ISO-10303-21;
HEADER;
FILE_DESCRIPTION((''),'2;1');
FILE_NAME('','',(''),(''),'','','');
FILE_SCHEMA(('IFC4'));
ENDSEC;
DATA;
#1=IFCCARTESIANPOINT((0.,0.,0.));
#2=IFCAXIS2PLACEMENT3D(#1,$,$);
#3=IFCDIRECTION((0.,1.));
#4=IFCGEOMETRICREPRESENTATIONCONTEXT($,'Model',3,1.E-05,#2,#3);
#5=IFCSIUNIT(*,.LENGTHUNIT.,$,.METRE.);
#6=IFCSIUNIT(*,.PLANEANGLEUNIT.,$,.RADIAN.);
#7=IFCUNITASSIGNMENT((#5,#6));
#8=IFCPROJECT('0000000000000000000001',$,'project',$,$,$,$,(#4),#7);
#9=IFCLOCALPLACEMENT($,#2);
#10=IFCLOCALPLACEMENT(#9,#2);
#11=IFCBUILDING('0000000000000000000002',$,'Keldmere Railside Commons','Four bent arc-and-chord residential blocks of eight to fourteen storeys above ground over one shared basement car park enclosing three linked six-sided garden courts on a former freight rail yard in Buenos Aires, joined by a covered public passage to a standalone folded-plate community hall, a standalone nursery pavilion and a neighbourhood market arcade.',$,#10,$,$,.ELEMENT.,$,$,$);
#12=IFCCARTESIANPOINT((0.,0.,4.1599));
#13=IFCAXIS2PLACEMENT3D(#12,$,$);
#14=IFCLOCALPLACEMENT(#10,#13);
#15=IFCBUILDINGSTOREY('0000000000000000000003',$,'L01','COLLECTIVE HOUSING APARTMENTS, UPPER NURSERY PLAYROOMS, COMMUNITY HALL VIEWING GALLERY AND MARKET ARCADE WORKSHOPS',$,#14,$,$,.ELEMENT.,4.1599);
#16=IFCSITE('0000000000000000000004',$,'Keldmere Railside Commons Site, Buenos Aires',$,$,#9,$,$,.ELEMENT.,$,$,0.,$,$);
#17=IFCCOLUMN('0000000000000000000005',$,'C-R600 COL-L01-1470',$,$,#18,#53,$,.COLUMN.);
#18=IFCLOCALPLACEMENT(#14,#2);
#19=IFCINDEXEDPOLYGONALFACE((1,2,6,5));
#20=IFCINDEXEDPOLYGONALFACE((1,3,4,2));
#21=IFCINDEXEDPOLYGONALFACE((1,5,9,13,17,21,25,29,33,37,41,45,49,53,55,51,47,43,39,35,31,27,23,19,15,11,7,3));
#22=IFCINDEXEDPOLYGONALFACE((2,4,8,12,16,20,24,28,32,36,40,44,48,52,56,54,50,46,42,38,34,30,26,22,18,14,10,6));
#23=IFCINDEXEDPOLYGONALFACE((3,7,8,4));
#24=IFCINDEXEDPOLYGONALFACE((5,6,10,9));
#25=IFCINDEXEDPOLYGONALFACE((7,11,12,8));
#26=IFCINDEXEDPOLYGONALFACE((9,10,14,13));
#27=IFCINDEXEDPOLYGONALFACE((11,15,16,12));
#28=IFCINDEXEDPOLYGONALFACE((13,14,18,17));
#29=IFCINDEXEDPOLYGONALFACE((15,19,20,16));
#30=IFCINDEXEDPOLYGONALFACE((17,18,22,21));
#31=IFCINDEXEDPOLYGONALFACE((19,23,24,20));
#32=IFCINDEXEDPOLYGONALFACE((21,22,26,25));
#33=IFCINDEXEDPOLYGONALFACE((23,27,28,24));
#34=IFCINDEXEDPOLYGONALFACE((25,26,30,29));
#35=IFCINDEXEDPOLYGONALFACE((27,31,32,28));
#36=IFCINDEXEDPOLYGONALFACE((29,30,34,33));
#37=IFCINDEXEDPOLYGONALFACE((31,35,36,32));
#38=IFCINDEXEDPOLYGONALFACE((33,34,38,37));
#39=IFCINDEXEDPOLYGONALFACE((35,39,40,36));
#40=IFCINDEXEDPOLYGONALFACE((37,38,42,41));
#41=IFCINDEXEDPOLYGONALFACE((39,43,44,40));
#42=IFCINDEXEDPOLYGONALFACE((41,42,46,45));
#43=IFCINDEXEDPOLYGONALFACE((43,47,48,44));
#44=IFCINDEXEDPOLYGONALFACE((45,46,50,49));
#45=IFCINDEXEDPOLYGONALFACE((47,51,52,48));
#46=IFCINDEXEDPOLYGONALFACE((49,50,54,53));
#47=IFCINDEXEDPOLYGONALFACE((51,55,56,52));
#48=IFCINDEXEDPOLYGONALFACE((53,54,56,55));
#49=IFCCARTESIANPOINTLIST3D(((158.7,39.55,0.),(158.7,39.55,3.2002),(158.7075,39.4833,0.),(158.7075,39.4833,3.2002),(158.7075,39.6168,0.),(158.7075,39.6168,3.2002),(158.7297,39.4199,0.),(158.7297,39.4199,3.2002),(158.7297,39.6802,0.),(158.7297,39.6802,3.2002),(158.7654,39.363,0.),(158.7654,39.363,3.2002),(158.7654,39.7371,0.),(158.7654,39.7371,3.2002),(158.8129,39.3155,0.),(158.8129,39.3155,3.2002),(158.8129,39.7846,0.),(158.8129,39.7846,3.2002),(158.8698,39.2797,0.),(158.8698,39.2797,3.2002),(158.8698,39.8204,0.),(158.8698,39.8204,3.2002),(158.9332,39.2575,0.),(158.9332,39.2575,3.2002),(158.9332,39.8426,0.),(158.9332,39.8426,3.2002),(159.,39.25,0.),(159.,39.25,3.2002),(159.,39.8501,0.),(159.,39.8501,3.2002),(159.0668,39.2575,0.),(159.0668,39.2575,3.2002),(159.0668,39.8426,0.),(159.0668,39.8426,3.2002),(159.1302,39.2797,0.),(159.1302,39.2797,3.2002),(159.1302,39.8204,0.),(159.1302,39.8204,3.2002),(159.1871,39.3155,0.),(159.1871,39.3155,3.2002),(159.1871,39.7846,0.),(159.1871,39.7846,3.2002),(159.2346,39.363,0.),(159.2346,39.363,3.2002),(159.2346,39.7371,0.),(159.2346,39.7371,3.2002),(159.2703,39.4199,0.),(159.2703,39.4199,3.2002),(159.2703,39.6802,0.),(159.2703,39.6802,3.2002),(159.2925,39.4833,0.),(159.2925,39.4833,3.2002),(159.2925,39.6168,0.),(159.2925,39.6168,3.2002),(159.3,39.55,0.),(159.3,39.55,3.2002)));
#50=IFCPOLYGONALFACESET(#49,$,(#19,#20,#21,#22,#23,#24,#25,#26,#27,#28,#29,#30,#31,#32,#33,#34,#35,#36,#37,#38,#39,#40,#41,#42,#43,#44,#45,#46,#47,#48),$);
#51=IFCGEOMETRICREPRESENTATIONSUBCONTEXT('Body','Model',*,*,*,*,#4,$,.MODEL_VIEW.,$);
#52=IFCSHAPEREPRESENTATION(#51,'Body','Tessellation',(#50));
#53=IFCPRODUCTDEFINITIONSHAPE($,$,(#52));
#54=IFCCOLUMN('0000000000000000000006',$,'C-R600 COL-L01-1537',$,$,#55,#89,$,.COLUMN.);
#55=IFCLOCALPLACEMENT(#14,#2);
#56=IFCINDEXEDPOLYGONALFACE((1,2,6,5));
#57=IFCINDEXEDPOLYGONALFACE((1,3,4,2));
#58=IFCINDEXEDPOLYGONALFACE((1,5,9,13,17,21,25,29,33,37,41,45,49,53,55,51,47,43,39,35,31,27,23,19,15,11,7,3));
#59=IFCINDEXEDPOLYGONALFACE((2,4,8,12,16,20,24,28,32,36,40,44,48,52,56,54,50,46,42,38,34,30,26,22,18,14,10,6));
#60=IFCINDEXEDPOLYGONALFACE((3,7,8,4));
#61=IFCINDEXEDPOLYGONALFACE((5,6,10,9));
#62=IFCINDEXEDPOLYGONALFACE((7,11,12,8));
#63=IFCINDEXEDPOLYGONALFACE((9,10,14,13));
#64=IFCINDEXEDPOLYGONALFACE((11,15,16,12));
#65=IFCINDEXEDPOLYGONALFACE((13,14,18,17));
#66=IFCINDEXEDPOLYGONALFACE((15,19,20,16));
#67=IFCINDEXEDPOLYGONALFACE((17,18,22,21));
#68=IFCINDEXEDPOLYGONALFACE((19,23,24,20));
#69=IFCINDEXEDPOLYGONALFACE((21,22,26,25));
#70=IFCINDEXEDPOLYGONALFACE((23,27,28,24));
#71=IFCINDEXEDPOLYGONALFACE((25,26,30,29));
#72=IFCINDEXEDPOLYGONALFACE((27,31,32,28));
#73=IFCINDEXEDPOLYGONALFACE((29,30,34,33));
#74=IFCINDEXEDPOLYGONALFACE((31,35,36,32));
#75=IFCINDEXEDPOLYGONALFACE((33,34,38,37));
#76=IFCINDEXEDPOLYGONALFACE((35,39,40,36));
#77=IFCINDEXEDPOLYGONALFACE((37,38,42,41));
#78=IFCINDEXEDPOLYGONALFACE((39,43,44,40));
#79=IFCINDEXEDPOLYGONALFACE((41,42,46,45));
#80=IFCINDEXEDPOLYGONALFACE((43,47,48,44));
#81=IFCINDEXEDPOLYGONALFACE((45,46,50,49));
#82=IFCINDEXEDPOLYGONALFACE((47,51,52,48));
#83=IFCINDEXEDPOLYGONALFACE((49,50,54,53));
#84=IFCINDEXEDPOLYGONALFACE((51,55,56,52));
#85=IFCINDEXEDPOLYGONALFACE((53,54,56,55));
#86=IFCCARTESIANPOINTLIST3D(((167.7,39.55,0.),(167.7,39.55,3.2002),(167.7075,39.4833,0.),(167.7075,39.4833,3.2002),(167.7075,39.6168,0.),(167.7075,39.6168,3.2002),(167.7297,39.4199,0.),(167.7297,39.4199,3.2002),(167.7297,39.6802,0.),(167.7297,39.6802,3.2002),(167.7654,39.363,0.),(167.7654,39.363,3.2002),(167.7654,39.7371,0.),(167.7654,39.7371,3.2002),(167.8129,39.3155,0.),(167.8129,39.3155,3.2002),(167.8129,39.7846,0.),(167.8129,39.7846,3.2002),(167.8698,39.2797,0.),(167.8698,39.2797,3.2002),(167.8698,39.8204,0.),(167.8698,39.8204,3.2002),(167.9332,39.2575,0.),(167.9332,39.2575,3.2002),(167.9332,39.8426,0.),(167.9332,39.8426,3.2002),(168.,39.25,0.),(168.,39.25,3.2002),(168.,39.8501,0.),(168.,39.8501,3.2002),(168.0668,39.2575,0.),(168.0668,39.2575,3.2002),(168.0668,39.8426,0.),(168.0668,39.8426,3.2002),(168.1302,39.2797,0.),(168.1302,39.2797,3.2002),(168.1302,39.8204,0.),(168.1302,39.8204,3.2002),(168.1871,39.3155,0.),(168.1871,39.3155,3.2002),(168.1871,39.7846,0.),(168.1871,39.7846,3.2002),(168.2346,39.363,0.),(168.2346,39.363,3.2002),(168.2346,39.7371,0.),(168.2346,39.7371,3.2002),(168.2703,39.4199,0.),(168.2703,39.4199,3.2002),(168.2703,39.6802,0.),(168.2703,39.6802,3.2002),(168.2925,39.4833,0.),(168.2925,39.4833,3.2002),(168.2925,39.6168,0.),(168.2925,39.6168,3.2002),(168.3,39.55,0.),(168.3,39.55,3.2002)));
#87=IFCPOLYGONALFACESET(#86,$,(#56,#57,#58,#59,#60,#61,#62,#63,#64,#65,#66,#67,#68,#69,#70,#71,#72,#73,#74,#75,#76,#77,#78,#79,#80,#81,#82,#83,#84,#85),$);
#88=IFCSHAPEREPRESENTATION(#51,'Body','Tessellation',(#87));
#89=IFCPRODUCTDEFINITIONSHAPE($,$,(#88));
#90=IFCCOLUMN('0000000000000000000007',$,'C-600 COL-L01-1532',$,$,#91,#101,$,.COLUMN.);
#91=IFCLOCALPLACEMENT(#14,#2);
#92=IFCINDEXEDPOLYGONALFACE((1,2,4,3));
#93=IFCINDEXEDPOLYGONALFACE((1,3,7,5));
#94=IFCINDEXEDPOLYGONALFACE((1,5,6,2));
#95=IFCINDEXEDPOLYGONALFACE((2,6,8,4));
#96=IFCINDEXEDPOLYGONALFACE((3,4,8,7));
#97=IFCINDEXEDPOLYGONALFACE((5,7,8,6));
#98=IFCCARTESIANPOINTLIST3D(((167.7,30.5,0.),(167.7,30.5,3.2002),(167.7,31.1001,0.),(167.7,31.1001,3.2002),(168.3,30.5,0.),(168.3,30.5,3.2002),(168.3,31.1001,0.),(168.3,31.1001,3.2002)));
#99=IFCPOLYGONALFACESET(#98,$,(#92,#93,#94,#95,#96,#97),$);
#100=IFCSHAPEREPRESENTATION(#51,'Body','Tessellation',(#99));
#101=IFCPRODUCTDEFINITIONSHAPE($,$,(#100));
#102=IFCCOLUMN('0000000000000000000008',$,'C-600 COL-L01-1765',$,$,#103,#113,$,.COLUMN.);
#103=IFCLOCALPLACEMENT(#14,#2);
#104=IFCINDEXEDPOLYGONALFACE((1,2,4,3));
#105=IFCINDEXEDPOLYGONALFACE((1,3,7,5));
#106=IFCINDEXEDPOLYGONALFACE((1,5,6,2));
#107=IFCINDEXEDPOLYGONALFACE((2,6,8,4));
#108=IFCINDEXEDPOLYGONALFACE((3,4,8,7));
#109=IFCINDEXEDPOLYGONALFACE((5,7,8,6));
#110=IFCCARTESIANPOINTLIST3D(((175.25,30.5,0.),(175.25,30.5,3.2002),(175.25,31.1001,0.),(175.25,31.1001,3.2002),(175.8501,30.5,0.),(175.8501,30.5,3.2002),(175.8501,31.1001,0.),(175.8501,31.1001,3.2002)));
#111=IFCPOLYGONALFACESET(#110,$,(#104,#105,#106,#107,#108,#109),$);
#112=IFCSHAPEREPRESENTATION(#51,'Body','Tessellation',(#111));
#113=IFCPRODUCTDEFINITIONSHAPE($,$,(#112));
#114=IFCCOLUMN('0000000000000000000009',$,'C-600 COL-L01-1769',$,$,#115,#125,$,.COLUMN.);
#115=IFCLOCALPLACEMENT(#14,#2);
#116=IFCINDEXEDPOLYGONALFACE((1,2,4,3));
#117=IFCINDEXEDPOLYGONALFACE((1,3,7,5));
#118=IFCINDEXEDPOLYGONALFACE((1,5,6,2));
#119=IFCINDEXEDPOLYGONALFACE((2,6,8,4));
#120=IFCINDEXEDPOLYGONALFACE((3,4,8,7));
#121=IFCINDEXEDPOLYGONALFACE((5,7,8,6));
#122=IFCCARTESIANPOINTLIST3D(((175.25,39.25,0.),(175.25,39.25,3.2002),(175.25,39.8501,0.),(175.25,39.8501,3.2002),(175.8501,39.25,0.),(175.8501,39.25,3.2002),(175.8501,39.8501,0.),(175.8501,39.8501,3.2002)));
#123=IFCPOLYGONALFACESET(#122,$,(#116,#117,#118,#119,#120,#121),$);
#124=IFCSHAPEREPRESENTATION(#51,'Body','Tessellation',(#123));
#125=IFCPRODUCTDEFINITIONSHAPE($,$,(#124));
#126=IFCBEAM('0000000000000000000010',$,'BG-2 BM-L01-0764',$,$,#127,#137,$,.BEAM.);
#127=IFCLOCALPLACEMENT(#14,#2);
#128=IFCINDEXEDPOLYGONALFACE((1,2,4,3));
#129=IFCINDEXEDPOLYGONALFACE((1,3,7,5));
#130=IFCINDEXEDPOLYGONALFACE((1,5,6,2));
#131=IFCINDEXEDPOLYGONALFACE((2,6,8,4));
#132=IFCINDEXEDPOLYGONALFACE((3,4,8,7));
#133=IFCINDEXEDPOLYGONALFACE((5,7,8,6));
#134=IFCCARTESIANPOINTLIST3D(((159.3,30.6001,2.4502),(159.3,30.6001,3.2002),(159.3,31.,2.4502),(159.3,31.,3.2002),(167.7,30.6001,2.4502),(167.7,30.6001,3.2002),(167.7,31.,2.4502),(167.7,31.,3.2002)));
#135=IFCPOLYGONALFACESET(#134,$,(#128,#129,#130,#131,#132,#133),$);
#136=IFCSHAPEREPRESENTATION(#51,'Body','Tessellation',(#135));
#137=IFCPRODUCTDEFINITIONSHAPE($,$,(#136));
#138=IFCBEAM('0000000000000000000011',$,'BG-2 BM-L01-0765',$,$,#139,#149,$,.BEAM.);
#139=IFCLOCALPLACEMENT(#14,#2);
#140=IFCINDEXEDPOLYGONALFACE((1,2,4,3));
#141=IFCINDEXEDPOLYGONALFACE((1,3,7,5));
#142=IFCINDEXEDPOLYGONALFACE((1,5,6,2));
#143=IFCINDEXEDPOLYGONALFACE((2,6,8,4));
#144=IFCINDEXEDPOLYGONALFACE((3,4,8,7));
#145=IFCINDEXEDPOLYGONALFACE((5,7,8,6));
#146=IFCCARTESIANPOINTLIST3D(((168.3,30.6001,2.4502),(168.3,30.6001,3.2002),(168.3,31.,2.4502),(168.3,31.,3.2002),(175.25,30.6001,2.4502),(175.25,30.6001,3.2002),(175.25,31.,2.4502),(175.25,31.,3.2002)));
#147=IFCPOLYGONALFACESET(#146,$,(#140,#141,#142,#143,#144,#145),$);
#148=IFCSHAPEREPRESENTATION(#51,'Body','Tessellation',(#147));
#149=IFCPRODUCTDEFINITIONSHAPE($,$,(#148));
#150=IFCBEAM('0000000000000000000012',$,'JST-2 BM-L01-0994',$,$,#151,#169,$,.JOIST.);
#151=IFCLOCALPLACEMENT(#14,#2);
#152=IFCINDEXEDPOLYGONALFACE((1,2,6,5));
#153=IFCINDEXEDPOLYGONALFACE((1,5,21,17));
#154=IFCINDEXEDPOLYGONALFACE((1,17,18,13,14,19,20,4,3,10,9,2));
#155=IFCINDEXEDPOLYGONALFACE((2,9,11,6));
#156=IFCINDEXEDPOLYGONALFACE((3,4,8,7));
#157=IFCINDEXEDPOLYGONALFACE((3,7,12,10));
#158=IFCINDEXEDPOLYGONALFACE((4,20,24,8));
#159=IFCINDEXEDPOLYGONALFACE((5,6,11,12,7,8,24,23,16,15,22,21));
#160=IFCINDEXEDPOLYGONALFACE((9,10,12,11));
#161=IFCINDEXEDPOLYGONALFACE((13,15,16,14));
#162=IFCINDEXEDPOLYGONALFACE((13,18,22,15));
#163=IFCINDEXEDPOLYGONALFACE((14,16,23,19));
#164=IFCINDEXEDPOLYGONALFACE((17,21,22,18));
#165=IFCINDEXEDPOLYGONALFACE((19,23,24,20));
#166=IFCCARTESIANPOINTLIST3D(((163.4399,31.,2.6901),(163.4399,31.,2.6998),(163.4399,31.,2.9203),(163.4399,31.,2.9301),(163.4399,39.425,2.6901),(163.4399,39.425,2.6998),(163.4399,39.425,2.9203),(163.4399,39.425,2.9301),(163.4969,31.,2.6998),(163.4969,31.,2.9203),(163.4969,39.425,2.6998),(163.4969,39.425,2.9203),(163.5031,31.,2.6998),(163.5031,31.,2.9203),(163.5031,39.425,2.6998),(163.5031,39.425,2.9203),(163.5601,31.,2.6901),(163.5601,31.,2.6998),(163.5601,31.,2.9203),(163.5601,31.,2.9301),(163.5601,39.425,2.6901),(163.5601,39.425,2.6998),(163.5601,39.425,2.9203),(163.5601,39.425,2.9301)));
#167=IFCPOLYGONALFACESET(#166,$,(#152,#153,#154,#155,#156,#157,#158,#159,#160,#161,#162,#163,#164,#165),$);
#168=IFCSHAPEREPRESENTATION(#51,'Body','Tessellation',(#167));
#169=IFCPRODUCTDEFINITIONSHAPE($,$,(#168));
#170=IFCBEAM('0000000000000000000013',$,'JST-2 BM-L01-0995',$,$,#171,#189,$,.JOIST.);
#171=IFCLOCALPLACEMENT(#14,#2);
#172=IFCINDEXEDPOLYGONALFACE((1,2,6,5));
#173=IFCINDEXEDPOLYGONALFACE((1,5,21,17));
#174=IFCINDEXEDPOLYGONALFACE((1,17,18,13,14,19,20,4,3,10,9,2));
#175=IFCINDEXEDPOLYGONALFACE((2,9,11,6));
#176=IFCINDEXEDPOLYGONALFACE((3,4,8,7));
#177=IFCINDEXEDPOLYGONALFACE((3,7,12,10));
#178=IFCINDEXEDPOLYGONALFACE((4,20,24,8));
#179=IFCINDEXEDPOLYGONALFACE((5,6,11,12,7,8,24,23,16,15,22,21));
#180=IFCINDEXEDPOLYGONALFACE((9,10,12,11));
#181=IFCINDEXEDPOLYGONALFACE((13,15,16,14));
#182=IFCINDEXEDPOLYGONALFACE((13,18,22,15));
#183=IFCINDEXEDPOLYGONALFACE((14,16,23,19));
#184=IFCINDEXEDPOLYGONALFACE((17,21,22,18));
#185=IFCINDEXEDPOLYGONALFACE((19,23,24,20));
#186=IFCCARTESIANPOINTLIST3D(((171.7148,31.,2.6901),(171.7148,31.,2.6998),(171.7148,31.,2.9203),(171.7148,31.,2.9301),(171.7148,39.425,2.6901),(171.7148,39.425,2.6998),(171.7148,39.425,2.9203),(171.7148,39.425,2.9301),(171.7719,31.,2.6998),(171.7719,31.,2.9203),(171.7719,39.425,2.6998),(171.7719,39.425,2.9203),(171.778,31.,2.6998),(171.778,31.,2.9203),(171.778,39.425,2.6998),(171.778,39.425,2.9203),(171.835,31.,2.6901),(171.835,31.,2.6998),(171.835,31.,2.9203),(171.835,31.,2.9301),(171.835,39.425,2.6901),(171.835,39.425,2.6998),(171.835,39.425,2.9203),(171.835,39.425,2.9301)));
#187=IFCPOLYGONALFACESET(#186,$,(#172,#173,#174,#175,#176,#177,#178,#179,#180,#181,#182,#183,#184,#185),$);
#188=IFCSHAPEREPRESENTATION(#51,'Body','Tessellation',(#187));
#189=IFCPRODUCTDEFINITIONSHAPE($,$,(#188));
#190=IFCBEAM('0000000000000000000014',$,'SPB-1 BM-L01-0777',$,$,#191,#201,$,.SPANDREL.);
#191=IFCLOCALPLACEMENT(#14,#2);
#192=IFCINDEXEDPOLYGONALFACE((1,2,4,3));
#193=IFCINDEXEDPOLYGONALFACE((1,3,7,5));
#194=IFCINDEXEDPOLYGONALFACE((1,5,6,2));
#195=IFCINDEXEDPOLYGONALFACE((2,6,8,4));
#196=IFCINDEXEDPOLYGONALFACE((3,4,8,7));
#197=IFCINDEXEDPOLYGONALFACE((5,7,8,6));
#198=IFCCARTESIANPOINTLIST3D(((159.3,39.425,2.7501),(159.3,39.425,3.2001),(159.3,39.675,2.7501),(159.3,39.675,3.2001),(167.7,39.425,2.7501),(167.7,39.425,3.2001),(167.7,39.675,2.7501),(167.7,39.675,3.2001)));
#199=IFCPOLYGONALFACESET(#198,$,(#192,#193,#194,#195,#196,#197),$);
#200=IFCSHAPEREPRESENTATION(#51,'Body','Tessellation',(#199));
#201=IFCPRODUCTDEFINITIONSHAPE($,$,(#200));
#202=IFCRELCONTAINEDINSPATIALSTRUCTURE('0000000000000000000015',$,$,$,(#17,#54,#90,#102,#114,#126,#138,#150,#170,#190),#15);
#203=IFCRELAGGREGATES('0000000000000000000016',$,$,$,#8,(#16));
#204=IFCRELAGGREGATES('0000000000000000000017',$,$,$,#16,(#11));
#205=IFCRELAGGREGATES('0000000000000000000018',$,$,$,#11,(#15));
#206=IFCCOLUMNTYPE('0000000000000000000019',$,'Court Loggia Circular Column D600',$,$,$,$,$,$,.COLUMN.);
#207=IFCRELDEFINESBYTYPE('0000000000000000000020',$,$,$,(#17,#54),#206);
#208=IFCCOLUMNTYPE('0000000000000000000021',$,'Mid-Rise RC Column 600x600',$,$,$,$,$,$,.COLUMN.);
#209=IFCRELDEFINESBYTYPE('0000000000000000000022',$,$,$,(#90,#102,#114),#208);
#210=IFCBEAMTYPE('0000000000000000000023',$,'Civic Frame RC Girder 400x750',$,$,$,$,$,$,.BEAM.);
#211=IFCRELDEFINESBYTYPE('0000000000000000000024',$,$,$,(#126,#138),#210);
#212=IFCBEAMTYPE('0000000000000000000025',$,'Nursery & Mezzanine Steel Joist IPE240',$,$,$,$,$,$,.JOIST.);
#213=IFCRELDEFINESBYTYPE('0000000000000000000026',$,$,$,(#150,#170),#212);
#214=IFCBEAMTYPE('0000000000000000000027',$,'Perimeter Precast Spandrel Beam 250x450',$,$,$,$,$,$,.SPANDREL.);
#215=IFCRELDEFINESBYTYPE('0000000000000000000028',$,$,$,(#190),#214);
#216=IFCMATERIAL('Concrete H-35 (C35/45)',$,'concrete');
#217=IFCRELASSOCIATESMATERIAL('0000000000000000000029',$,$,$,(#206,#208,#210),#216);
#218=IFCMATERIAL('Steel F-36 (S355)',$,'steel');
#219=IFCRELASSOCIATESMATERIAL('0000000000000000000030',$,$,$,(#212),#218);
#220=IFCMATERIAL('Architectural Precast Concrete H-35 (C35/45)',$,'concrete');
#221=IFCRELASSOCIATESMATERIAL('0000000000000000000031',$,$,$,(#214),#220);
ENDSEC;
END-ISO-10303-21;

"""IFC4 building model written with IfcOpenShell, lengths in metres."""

from ifc_helpers import new_model, si_unit, direction, frame, origin, origin_2d, place, context, subcontext, project, spatial, rectangle, circle, i_section, extrude, material, material_profile, profile_set, type_object, element, save


model = new_model("IFC4")

# Units and contexts
model_context = context("Model", 3, precision=1e-05, world=origin(), true_north=direction((0.0, 1.0)))
body_context = subcontext(model_context, "Body", "Model", "MODEL_VIEW")
ifc_project = project(units=[si_unit("LENGTHUNIT", "METRE"), si_unit("PLANEANGLEUNIT", "RADIAN")], contexts=[model_context])

# Site, building, storey
site_placement = place(None, origin())
site = spatial("IfcSite", under=ifc_project, at=site_placement, Name="Keldmere Railside Commons Site, Buenos Aires", CompositionType="ELEMENT", RefElevation=0.0)
building_placement = place(site_placement, origin())
building = spatial("IfcBuilding", under=site, at=building_placement, Name="Keldmere Railside Commons", Description="Four bent arc-and-chord residential blocks of eight to fourteen storeys above ground over one shared basement car park enclosing three linked six-sided garden courts on a former freight rail yard in Buenos Aires, joined by a covered public passage to a standalone folded-plate community hall, a standalone nursery pavilion and a neighbourhood market arcade.", CompositionType="ELEMENT")
storey_placement = place(building_placement, frame((0.0, 0.0, 4.1599)))
storey = spatial("IfcBuildingStorey", under=building, at=storey_placement, Name="L01", Description="COLLECTIVE HOUSING APARTMENTS, UPPER NURSERY PLAYROOMS, COMMUNITY HALL VIEWING GALLERY AND MARKET ARCADE WORKSHOPS", CompositionType="ELEMENT", Elevation=4.1599)

# Columns
ifc_material_1 = material(Name="Concrete H-35 (C35/45)", Category="concrete")
ifc_material_profile_1 = material_profile(ifc_material_1, circle(Radius=0.3, at=origin_2d()), Name="RC-DIA600")
ifc_profile_set_1 = profile_set([ifc_material_profile_1], Name="Concrete H-35 (C35/45)")
column_type_1 = type_object("IfcColumnType", Name="Court Loggia Circular Column D600", PredefinedType="COLUMN", material=ifc_profile_set_1)
for number, where, z_axis, x_axis, name in (
    (1, (159.0, 39.55, 0.0), (0.0, 0.0, 1.0), (1.0, 0.0, 0.0), "C-R600 COL-L01-1470"),
    (2, (168.0, 39.55, 0.0), (0.0, 0.0, 1.0), (1.0, 0.0, 0.0), "C-R600 COL-L01-1537"),
):
    element("IfcColumn", number, at=place(storey_placement, frame(where, z_axis=z_axis, x_axis=x_axis)), inside=storey, type_object=column_type_1, Name=name, PredefinedType="COLUMN", context=body_context, shape_type="SweptSolid", body=[
        extrude(circle(Radius=0.3, at=origin_2d()), origin(), (0.0, 0.0, 1.0), 3.2002),
    ])
ifc_material_profile_2 = material_profile(ifc_material_1, rectangle(XDim=0.6001, YDim=0.6001, at=origin_2d()), Name="RC-600x600")
ifc_profile_set_2 = profile_set([ifc_material_profile_2], Name="Concrete H-35 (C35/45)")
column_type_2 = type_object("IfcColumnType", Name="Mid-Rise RC Column 600x600", PredefinedType="COLUMN", material=ifc_profile_set_2)
for number, where, z_axis, x_axis, name in (
    (3, (168.0, 30.8, 0.0), (0.0, 0.0, 1.0), (1.0, 0.0, 0.0), "C-600 COL-L01-1532"),
    (4, (175.55, 30.8, 0.0), (0.0, 0.0, 1.0), (1.0, 0.0, 0.0), "C-600 COL-L01-1765"),
    (5, (175.55, 39.55, 0.0), (0.0, 0.0, 1.0), (1.0, 0.0, 0.0), "C-600 COL-L01-1769"),
):
    element("IfcColumn", number, at=place(storey_placement, frame(where, z_axis=z_axis, x_axis=x_axis)), inside=storey, type_object=column_type_2, Name=name, PredefinedType="COLUMN", context=body_context, shape_type="SweptSolid", body=[
        extrude(rectangle(XDim=0.6001, YDim=0.6001, at=origin_2d()), origin(), (0.0, 0.0, 1.0), 3.2002),
    ])

# Beams
ifc_material_profile_3 = material_profile(ifc_material_1, rectangle(XDim=0.3999, YDim=0.75, at=origin_2d()), Name="RC-400x750")
ifc_profile_set_3 = profile_set([ifc_material_profile_3], Name="Concrete H-35 (C35/45)")
beam_type_1 = type_object("IfcBeamType", Name="Civic Frame RC Girder 400x750", PredefinedType="BEAM", material=ifc_profile_set_3)
beam_1_placement = place(storey_placement, frame((159.3, 30.8, 2.8252), z_axis=(1.0, 0.0, 0.0), x_axis=(0.0, 1.0, 0.0)))
element("IfcBeam", 6, at=beam_1_placement, inside=storey, type_object=beam_type_1, Name="BG-2 BM-L01-0764", PredefinedType="BEAM", context=body_context, shape_type="SweptSolid", body=[
    extrude(rectangle(XDim=0.3999, YDim=0.75, at=origin_2d()), origin(), (0.0, 0.0, 1.0), 8.3999),
])
beam_2_placement = place(storey_placement, frame((168.3, 30.8, 2.8252), z_axis=(1.0, 0.0, 0.0), x_axis=(0.0, 1.0, 0.0)))
element("IfcBeam", 7, at=beam_2_placement, inside=storey, type_object=beam_type_1, Name="BG-2 BM-L01-0765", PredefinedType="BEAM", context=body_context, shape_type="SweptSolid", body=[
    extrude(rectangle(XDim=0.3999, YDim=0.75, at=origin_2d()), origin(), (0.0, 0.0, 1.0), 6.95),
])
ifc_material_2 = material(Name="Steel F-36 (S355)", Category="steel")
ifc_material_profile_4 = material_profile(ifc_material_2, i_section(OverallWidth=0.1201, OverallDepth=0.24, WebThickness=0.0061, FlangeThickness=0.0098, at=origin_2d()), Name="IPE-240")
ifc_profile_set_4 = profile_set([ifc_material_profile_4], Name="Steel F-36 (S355)")
beam_type_2 = type_object("IfcBeamType", Name="Nursery & Mezzanine Steel Joist IPE240", PredefinedType="JOIST", material=ifc_profile_set_4)
for number, where, z_axis, x_axis, name in (
    (8, (163.5, 31.0, 2.8101), (0.0, 1.0, 0.0), (-1.0, 0.0, 0.0), "JST-2 BM-L01-0994"),
    (9, (171.7749, 31.0, 2.8101), (0.0, 1.0, 0.0), (-1.0, 0.0, 0.0), "JST-2 BM-L01-0995"),
):
    element("IfcBeam", number, at=place(storey_placement, frame(where, z_axis=z_axis, x_axis=x_axis)), inside=storey, type_object=beam_type_2, Name=name, PredefinedType="JOIST", context=body_context, shape_type="SweptSolid", body=[
        extrude(i_section(OverallWidth=0.1201, OverallDepth=0.24, WebThickness=0.0061, FlangeThickness=0.0098, at=origin_2d()), origin(), (0.0, 0.0, 1.0), 8.425),
    ])
ifc_material_3 = material(Name="Architectural Precast Concrete H-35 (C35/45)", Category="concrete")
ifc_material_profile_5 = material_profile(ifc_material_3, rectangle(XDim=0.25, YDim=0.45, at=origin_2d()), Name="RC-250x450")
ifc_profile_set_5 = profile_set([ifc_material_profile_5], Name="Architectural Precast Concrete H-35 (C35/45)")
beam_type_3 = type_object("IfcBeamType", Name="Perimeter Precast Spandrel Beam 250x450", PredefinedType="SPANDREL", material=ifc_profile_set_5)
beam_3_placement = place(storey_placement, frame((159.3, 39.55, 2.9751), z_axis=(1.0, 0.0, 0.0), x_axis=(0.0, 1.0, 0.0)))
element("IfcBeam", 10, at=beam_3_placement, inside=storey, type_object=beam_type_3, Name="SPB-1 BM-L01-0777", PredefinedType="SPANDREL", context=body_context, shape_type="SweptSolid", body=[
    extrude(rectangle(XDim=0.25, YDim=0.45, at=origin_2d()), origin(), (0.0, 0.0, 1.0), 8.3999),
])

save(model, "model.ifc")
